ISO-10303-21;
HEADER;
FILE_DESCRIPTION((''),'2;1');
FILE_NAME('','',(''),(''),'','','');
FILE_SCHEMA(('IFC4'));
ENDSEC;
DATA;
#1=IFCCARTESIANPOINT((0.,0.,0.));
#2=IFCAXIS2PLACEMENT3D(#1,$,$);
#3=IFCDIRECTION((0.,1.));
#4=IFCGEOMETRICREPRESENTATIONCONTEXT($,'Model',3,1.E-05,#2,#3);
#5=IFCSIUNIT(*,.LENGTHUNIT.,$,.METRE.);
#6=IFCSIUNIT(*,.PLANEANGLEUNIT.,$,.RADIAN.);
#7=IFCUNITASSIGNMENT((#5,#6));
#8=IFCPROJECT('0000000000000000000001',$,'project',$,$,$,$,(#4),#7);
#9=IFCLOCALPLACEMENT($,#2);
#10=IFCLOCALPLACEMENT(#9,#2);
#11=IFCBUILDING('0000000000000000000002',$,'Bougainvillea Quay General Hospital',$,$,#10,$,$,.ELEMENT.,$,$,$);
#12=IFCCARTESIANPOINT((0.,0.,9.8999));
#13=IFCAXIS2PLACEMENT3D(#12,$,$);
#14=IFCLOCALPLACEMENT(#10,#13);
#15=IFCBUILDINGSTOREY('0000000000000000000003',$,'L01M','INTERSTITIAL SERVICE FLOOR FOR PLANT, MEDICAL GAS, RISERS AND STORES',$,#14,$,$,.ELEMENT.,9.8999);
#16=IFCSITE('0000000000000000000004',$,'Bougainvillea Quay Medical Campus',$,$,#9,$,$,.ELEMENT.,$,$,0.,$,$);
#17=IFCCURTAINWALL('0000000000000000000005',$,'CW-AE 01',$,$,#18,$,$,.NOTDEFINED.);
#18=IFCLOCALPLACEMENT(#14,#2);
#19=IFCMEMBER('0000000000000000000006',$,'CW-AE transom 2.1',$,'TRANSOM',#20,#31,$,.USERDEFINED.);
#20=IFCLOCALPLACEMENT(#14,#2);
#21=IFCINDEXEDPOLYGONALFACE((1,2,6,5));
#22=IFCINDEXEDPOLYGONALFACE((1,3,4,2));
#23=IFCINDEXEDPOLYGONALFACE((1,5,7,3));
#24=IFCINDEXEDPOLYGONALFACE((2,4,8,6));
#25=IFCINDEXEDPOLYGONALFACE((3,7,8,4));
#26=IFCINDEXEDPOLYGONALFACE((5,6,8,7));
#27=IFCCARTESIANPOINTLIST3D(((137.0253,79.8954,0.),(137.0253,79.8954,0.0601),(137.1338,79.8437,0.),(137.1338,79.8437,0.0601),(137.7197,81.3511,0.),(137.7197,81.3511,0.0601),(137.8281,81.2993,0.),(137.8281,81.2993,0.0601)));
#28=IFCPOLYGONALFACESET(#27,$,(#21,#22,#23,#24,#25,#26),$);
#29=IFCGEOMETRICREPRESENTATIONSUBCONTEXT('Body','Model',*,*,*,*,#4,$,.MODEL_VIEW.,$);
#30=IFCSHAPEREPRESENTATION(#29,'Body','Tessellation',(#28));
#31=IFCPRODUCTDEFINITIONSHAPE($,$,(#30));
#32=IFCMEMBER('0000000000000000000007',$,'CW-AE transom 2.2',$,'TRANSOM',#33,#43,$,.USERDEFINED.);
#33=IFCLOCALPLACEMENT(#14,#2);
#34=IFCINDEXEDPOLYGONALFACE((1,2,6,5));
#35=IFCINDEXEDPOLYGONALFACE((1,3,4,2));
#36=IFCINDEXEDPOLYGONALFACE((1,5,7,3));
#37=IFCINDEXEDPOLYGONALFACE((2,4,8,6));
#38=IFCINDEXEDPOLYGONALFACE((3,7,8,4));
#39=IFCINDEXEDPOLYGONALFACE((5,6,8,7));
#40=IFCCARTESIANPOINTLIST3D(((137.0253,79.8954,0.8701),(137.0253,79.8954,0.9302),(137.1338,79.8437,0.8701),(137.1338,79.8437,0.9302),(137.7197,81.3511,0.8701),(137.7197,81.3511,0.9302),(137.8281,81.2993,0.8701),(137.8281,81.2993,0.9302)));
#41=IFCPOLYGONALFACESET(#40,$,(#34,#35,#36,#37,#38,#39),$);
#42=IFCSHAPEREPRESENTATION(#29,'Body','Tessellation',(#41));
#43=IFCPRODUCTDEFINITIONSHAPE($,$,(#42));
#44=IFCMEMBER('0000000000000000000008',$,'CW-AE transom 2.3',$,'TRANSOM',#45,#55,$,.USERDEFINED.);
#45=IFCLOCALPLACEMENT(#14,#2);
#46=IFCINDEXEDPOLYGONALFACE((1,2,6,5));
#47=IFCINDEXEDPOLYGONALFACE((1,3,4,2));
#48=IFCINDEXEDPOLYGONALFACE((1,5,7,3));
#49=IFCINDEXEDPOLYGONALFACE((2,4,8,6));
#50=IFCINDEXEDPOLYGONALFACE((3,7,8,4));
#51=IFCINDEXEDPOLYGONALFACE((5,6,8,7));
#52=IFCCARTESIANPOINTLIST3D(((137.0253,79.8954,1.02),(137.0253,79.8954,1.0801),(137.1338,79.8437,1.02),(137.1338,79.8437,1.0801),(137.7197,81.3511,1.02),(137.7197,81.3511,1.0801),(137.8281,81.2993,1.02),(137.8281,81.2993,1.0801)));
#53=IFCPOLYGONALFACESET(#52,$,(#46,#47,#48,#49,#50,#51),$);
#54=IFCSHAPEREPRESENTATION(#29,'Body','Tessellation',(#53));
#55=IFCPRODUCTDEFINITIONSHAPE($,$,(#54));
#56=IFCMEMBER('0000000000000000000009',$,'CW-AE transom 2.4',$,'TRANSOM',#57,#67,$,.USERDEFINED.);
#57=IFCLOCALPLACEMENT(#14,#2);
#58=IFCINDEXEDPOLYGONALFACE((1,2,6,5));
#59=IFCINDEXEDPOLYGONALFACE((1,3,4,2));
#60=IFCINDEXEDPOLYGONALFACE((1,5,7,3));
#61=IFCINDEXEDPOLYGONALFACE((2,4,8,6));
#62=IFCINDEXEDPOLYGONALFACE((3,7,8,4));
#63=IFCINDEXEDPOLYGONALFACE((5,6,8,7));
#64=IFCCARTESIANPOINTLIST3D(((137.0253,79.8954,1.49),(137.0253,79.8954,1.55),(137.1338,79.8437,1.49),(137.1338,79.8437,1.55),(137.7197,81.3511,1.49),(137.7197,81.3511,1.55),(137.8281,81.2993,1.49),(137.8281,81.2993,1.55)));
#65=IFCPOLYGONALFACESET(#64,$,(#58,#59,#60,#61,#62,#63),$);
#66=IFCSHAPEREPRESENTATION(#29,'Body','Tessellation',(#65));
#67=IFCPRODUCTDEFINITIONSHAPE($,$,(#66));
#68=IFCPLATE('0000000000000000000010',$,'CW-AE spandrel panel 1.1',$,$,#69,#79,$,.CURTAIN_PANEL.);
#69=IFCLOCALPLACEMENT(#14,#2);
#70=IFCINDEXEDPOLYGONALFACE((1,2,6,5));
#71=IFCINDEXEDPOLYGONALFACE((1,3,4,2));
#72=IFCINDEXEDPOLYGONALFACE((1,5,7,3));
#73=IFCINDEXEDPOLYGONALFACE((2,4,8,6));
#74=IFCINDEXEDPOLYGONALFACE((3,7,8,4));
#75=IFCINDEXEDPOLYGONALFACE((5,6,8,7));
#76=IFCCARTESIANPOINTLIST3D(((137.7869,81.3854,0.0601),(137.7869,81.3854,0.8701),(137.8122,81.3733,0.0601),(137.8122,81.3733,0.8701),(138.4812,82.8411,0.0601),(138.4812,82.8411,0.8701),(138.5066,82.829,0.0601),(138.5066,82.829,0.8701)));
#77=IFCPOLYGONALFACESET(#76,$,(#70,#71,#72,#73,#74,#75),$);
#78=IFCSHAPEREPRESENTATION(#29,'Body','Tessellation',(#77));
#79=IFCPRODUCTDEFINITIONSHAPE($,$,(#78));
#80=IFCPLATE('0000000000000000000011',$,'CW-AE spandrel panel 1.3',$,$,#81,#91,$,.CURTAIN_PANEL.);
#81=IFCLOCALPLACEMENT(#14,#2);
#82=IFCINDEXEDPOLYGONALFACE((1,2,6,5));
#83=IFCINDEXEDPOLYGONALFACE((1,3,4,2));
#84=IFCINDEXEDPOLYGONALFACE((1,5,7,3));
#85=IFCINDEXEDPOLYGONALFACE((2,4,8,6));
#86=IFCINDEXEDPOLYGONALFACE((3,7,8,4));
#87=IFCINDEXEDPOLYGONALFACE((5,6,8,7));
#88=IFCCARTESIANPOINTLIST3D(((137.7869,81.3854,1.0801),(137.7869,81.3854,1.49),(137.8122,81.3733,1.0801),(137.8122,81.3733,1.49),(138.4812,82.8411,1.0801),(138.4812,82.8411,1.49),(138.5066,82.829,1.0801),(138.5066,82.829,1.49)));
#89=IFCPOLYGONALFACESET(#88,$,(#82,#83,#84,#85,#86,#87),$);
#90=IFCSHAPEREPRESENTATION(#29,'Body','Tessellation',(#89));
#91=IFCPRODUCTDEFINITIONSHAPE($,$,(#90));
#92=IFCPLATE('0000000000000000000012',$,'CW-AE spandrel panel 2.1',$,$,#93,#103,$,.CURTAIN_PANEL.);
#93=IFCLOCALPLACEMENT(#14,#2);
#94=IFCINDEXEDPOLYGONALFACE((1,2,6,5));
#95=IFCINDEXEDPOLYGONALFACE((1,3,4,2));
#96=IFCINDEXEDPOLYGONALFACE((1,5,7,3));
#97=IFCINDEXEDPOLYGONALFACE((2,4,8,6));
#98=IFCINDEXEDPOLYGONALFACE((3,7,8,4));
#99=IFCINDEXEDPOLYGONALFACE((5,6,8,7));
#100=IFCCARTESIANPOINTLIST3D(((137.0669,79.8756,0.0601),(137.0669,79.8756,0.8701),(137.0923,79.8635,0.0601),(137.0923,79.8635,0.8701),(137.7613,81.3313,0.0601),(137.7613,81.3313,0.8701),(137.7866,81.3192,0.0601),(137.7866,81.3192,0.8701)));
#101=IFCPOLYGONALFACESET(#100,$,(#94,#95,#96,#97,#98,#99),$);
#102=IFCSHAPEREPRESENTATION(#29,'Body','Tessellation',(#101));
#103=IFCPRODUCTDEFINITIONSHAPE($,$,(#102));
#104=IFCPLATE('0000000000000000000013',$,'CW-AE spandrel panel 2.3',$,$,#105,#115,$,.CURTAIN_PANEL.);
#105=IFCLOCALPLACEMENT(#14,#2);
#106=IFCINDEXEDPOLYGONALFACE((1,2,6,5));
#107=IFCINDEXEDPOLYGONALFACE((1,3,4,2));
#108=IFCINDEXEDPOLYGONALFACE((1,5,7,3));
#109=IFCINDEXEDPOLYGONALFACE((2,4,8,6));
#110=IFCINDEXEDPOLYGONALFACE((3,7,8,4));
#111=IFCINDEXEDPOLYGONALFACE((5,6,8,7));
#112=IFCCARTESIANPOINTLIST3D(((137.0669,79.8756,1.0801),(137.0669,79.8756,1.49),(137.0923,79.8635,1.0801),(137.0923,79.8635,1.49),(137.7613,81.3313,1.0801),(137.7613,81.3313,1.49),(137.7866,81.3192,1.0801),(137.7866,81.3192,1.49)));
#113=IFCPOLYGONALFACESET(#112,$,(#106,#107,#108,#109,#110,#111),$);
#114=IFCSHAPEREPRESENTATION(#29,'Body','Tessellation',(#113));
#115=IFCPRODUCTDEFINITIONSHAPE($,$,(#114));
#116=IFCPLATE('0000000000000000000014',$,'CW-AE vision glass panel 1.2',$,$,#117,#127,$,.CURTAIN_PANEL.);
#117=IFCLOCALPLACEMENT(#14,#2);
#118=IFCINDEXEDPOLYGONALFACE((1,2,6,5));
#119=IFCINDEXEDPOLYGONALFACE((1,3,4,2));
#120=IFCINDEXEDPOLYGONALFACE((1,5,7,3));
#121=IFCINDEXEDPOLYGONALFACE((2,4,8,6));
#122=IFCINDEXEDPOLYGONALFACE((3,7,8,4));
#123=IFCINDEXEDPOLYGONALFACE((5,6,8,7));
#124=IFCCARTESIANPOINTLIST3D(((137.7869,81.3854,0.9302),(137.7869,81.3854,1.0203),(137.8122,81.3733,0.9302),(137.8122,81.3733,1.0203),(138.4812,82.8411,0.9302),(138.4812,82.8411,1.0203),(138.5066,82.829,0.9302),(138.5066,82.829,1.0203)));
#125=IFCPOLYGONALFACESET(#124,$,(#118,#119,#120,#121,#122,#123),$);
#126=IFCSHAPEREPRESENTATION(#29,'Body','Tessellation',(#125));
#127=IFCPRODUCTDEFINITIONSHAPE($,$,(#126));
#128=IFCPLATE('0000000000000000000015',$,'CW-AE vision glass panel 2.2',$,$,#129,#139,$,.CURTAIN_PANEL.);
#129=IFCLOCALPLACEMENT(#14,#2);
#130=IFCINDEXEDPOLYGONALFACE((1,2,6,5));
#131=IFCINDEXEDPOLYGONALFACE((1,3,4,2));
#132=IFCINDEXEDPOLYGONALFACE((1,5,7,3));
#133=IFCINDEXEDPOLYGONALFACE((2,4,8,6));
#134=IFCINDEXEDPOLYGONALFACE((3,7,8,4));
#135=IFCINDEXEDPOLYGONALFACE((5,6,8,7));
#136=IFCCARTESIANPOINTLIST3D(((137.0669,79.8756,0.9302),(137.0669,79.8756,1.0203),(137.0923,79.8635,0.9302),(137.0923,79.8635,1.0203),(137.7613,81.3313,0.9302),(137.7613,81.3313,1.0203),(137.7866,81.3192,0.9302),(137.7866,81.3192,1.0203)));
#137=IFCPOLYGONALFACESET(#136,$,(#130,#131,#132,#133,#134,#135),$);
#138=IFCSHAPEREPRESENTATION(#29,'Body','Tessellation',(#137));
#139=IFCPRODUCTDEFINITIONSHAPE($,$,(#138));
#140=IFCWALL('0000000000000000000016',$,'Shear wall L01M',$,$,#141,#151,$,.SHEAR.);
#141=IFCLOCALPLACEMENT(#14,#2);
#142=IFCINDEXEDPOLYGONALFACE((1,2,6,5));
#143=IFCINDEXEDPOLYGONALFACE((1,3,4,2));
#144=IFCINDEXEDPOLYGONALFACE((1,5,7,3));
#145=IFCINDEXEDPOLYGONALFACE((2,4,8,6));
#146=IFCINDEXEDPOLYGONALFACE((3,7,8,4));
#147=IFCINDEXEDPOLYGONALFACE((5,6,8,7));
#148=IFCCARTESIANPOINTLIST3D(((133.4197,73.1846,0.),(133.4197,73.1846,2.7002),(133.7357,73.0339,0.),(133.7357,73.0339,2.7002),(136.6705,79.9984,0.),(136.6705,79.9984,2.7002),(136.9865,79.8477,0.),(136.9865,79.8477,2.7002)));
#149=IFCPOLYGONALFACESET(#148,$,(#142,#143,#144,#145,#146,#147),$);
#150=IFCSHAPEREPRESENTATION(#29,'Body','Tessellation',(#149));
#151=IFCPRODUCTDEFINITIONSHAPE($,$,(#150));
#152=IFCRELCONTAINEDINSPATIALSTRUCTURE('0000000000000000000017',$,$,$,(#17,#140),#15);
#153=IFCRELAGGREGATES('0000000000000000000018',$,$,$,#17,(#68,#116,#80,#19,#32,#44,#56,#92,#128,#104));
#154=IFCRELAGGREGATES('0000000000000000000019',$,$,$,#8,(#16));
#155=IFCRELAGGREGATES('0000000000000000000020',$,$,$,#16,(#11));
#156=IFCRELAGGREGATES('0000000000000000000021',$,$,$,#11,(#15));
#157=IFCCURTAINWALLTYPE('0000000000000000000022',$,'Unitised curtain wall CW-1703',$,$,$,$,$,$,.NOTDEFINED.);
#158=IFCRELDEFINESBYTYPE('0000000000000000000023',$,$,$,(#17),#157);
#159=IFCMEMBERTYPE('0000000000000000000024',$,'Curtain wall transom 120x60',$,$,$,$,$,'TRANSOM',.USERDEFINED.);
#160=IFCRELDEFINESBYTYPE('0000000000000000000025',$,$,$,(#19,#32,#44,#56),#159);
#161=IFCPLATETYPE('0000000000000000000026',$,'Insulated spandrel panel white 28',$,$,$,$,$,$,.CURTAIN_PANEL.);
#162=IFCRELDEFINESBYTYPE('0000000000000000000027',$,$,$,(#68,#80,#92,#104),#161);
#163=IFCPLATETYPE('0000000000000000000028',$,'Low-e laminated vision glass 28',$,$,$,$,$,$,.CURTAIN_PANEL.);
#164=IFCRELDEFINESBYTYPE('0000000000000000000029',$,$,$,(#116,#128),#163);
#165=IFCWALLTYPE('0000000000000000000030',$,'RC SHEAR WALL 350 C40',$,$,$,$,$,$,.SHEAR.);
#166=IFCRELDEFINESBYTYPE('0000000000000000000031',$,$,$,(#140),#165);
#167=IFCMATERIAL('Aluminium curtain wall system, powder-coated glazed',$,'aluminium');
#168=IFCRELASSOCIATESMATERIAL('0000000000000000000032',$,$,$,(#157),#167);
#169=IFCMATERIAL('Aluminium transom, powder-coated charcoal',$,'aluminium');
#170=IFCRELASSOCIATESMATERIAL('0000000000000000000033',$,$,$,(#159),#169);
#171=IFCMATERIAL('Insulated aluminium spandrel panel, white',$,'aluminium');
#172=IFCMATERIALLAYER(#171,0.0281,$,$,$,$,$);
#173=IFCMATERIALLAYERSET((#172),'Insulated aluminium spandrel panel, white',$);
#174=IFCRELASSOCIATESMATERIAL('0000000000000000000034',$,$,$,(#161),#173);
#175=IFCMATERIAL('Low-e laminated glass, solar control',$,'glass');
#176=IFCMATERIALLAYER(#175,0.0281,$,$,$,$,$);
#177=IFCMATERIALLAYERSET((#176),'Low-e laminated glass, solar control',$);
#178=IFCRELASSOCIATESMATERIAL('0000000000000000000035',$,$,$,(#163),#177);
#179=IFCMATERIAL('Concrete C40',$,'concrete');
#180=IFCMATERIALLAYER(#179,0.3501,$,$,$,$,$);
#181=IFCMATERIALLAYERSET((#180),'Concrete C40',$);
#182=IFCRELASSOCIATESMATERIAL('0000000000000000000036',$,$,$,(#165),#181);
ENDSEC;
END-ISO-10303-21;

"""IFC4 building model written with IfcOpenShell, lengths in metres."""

from ifc_helpers import new_model, si_unit, direction, frame, frame_2d, origin, origin_2d, place, context, subcontext, project, spatial, rectangle, extrude, material, layer, layer_set, material_profile, profile_set, type_object, element, aggregate, save


model = new_model("IFC4")

# Units and contexts
model_context = context("Model", 3, precision=1e-05, world=origin(), true_north=direction((0.0, 1.0)))
body_context = subcontext(model_context, "Body", "Model", "MODEL_VIEW")
ifc_project = project(units=[si_unit("LENGTHUNIT", "METRE"), si_unit("PLANEANGLEUNIT", "RADIAN")], contexts=[model_context])

# Site, building, storey
site_placement = place(None, origin())
site = spatial("IfcSite", under=ifc_project, at=site_placement, Name="Bougainvillea Quay Medical Campus", CompositionType="ELEMENT", RefElevation=0.0)
building_placement = place(site_placement, origin())
building = spatial("IfcBuilding", under=site, at=building_placement, Name="Bougainvillea Quay General Hospital", CompositionType="ELEMENT")
storey_placement = place(building_placement, frame((0.0, 0.0, 9.8999)))
storey = spatial("IfcBuildingStorey", under=building, at=storey_placement, Name="L01M", Description="INTERSTITIAL SERVICE FLOOR FOR PLANT, MEDICAL GAS, RISERS AND STORES", CompositionType="ELEMENT", Elevation=9.8999)

# Curtain wall, members, plates
ifc_material_1 = material(Name="Aluminium curtain wall system, powder-coated glazed", Category="aluminium")
curtain_wall_type = type_object("IfcCurtainWallType", Name="Unitised curtain wall CW-1703", PredefinedType="NOTDEFINED", material=ifc_material_1)
curtain_wall_placement = place(storey_placement, origin())
curtain_wall = element("IfcCurtainWall", 1, at=curtain_wall_placement, inside=storey, type_object=curtain_wall_type, Name="CW-AE 01", PredefinedType="NOTDEFINED")
ifc_material_2 = material(Name="Aluminium transom, powder-coated charcoal", Category="aluminium")
ifc_material_profile_1 = material_profile(ifc_material_2, rectangle(XDim=0.1201, YDim=0.0601, at=origin_2d()))
ifc_profile_set_1 = profile_set([ifc_material_profile_1], Name="Aluminium transom, powder-coated charcoal")
member_type_1 = type_object("IfcMemberType", Name="Curtain wall transom 120x60", ElementType="TRANSOM", PredefinedType="USERDEFINED", material=ifc_profile_set_1)
member_1_placement = place(storey_placement, frame((137.7739, 81.3252, 0.03), z_axis=(-0.430545, -0.902569, 0.0), x_axis=(0.902569, -0.430545, 0.0)))
member_1 = element("IfcMember", 2, at=member_1_placement, type_object=member_type_1, Name="CW-AE transom 2.1", ObjectType="TRANSOM", PredefinedType="USERDEFINED", context=body_context, shape_type="SweptSolid", body=[
    extrude(rectangle(XDim=0.1201, YDim=0.0601, at=origin_2d()), origin(), (0.0, 0.0, 1.0), 1.6128),
])
member_2_placement = place(storey_placement, frame((137.7739, 81.3252, 0.9001), z_axis=(-0.430545, -0.902569, 0.0), x_axis=(0.902569, -0.430545, 0.0)))
member_2 = element("IfcMember", 3, at=member_2_placement, type_object=member_type_1, Name="CW-AE transom 2.2", ObjectType="TRANSOM", PredefinedType="USERDEFINED", context=body_context, shape_type="SweptSolid", body=[
    extrude(rectangle(XDim=0.1201, YDim=0.0601, at=origin_2d()), origin(), (0.0, 0.0, 1.0), 1.6128),
])
member_3_placement = place(storey_placement, frame((137.7739, 81.3252, 1.05), z_axis=(-0.430545, -0.902569, 0.0), x_axis=(0.902569, -0.430545, 0.0)))
member_3 = element("IfcMember", 4, at=member_3_placement, type_object=member_type_1, Name="CW-AE transom 2.3", ObjectType="TRANSOM", PredefinedType="USERDEFINED", context=body_context, shape_type="SweptSolid", body=[
    extrude(rectangle(XDim=0.1201, YDim=0.0601, at=origin_2d()), origin(), (0.0, 0.0, 1.0), 1.6128),
])
member_4_placement = place(storey_placement, frame((137.7739, 81.3252, 1.52), z_axis=(-0.430545, -0.902569, 0.0), x_axis=(0.902569, -0.430545, 0.0)))
member_4 = element("IfcMember", 5, at=member_4_placement, type_object=member_type_1, Name="CW-AE transom 2.4", ObjectType="TRANSOM", PredefinedType="USERDEFINED", context=body_context, shape_type="SweptSolid", body=[
    extrude(rectangle(XDim=0.1201, YDim=0.0601, at=origin_2d()), origin(), (0.0, 0.0, 1.0), 1.6128),
])
ifc_material_3 = material(Name="Insulated aluminium spandrel panel, white", Category="aluminium")
ifc_layer_1 = layer(ifc_material_3, 0.0281)
ifc_layer_set_1 = layer_set([ifc_layer_1], Name="Insulated aluminium spandrel panel, white")
plate_type_1 = type_object("IfcPlateType", Name="Insulated spandrel panel white 28", PredefinedType="CURTAIN_PANEL", material=ifc_layer_set_1)
plate_1_placement = place(storey_placement, frame((138.1467, 82.1072, 0.0601), z_axis=(0.0, 0.0, 1.0), x_axis=(-0.430525, -0.902578, 0.0)))
plate_1 = element("IfcPlate", 6, at=plate_1_placement, type_object=plate_type_1, Name="CW-AE spandrel panel 1.1", PredefinedType="CURTAIN_PANEL", context=body_context, shape_type="SweptSolid", body=[
    extrude(rectangle(XDim=1.6128, YDim=0.0281, at=origin_2d()), origin(), (0.0, 0.0, 1.0), 0.8101),
])
plate_2_placement = place(storey_placement, frame((138.1467, 82.1072, 1.0801), z_axis=(0.0, 0.0, 1.0), x_axis=(-0.430525, -0.902578, 0.0)))
plate_2 = element("IfcPlate", 7, at=plate_2_placement, type_object=plate_type_1, Name="CW-AE spandrel panel 1.3", PredefinedType="CURTAIN_PANEL", context=body_context, shape_type="SweptSolid", body=[
    extrude(rectangle(XDim=1.6128, YDim=0.0281, at=origin_2d()), origin(), (0.0, 0.0, 1.0), 0.4099),
])
plate_3_placement = place(storey_placement, frame((137.4268, 80.5974, 0.0601), z_axis=(0.0, 0.0, 1.0), x_axis=(-0.430525, -0.902578, 0.0)))
plate_3 = element("IfcPlate", 8, at=plate_3_placement, type_object=plate_type_1, Name="CW-AE spandrel panel 2.1", PredefinedType="CURTAIN_PANEL", context=body_context, shape_type="SweptSolid", body=[
    extrude(rectangle(XDim=1.6128, YDim=0.0281, at=origin_2d()), origin(), (0.0, 0.0, 1.0), 0.8101),
])
plate_4_placement = place(storey_placement, frame((137.4268, 80.5974, 1.0801), z_axis=(0.0, 0.0, 1.0), x_axis=(-0.430525, -0.902578, 0.0)))
plate_4 = element("IfcPlate", 9, at=plate_4_placement, type_object=plate_type_1, Name="CW-AE spandrel panel 2.3", PredefinedType="CURTAIN_PANEL", context=body_context, shape_type="SweptSolid", body=[
    extrude(rectangle(XDim=1.6128, YDim=0.0281, at=origin_2d()), origin(), (0.0, 0.0, 1.0), 0.4099),
])
ifc_material_4 = material(Name="Low-e laminated glass, solar control", Category="glass")
ifc_layer_2 = layer(ifc_material_4, 0.0281)
ifc_layer_set_2 = layer_set([ifc_layer_2], Name="Low-e laminated glass, solar control")
plate_type_2 = type_object("IfcPlateType", Name="Low-e laminated vision glass 28", PredefinedType="CURTAIN_PANEL", material=ifc_layer_set_2)
plate_5_placement = place(storey_placement, frame((138.1467, 82.1072, 0.9302), z_axis=(0.0, 0.0, 1.0), x_axis=(-0.430525, -0.902578, 0.0)))
plate_5 = element("IfcPlate", 10, at=plate_5_placement, type_object=plate_type_2, Name="CW-AE vision glass panel 1.2", PredefinedType="CURTAIN_PANEL", context=body_context, shape_type="SweptSolid", body=[
    extrude(rectangle(XDim=1.6128, YDim=0.0281, at=origin_2d()), origin(), (0.0, 0.0, 1.0), 0.0901),
])
plate_6_placement = place(storey_placement, frame((137.4268, 80.5974, 0.9302), z_axis=(0.0, 0.0, 1.0), x_axis=(-0.430525, -0.902578, 0.0)))
plate_6 = element("IfcPlate", 11, at=plate_6_placement, type_object=plate_type_2, Name="CW-AE vision glass panel 2.2", PredefinedType="CURTAIN_PANEL", context=body_context, shape_type="SweptSolid", body=[
    extrude(rectangle(XDim=1.6128, YDim=0.0281, at=origin_2d()), origin(), (0.0, 0.0, 1.0), 0.0901),
])
aggregate(curtain_wall, [plate_1, plate_5, plate_2, member_1, member_2, member_3, member_4, plate_3, plate_6, plate_4])

# Wall
ifc_material_5 = material(Name="Concrete C40", Category="concrete")
ifc_layer_3 = layer(ifc_material_5, 0.3501)
ifc_layer_set_3 = layer_set([ifc_layer_3], Name="Concrete C40")
wall_type = type_object("IfcWallType", Name="RC SHEAR WALL 350 C40", PredefinedType="SHEAR", material=ifc_layer_set_3)
wall_placement = place(storey_placement, frame((133.5776, 73.1091, 0.0), z_axis=(0.0, 0.0, 1.0), x_axis=(0.430592, 0.902546, 0.0)))
element("IfcWall", 12, at=wall_placement, inside=storey, type_object=wall_type, Name="Shear wall L01M", PredefinedType="SHEAR", context=body_context, shape_type="SweptSolid", body=[
    extrude(rectangle(XDim=7.5496, YDim=0.3501, at=frame_2d((3.7749, 0.0))), origin(), (0.0, 0.0, 1.0), 2.7002),
])

save(model, "model.ifc")
